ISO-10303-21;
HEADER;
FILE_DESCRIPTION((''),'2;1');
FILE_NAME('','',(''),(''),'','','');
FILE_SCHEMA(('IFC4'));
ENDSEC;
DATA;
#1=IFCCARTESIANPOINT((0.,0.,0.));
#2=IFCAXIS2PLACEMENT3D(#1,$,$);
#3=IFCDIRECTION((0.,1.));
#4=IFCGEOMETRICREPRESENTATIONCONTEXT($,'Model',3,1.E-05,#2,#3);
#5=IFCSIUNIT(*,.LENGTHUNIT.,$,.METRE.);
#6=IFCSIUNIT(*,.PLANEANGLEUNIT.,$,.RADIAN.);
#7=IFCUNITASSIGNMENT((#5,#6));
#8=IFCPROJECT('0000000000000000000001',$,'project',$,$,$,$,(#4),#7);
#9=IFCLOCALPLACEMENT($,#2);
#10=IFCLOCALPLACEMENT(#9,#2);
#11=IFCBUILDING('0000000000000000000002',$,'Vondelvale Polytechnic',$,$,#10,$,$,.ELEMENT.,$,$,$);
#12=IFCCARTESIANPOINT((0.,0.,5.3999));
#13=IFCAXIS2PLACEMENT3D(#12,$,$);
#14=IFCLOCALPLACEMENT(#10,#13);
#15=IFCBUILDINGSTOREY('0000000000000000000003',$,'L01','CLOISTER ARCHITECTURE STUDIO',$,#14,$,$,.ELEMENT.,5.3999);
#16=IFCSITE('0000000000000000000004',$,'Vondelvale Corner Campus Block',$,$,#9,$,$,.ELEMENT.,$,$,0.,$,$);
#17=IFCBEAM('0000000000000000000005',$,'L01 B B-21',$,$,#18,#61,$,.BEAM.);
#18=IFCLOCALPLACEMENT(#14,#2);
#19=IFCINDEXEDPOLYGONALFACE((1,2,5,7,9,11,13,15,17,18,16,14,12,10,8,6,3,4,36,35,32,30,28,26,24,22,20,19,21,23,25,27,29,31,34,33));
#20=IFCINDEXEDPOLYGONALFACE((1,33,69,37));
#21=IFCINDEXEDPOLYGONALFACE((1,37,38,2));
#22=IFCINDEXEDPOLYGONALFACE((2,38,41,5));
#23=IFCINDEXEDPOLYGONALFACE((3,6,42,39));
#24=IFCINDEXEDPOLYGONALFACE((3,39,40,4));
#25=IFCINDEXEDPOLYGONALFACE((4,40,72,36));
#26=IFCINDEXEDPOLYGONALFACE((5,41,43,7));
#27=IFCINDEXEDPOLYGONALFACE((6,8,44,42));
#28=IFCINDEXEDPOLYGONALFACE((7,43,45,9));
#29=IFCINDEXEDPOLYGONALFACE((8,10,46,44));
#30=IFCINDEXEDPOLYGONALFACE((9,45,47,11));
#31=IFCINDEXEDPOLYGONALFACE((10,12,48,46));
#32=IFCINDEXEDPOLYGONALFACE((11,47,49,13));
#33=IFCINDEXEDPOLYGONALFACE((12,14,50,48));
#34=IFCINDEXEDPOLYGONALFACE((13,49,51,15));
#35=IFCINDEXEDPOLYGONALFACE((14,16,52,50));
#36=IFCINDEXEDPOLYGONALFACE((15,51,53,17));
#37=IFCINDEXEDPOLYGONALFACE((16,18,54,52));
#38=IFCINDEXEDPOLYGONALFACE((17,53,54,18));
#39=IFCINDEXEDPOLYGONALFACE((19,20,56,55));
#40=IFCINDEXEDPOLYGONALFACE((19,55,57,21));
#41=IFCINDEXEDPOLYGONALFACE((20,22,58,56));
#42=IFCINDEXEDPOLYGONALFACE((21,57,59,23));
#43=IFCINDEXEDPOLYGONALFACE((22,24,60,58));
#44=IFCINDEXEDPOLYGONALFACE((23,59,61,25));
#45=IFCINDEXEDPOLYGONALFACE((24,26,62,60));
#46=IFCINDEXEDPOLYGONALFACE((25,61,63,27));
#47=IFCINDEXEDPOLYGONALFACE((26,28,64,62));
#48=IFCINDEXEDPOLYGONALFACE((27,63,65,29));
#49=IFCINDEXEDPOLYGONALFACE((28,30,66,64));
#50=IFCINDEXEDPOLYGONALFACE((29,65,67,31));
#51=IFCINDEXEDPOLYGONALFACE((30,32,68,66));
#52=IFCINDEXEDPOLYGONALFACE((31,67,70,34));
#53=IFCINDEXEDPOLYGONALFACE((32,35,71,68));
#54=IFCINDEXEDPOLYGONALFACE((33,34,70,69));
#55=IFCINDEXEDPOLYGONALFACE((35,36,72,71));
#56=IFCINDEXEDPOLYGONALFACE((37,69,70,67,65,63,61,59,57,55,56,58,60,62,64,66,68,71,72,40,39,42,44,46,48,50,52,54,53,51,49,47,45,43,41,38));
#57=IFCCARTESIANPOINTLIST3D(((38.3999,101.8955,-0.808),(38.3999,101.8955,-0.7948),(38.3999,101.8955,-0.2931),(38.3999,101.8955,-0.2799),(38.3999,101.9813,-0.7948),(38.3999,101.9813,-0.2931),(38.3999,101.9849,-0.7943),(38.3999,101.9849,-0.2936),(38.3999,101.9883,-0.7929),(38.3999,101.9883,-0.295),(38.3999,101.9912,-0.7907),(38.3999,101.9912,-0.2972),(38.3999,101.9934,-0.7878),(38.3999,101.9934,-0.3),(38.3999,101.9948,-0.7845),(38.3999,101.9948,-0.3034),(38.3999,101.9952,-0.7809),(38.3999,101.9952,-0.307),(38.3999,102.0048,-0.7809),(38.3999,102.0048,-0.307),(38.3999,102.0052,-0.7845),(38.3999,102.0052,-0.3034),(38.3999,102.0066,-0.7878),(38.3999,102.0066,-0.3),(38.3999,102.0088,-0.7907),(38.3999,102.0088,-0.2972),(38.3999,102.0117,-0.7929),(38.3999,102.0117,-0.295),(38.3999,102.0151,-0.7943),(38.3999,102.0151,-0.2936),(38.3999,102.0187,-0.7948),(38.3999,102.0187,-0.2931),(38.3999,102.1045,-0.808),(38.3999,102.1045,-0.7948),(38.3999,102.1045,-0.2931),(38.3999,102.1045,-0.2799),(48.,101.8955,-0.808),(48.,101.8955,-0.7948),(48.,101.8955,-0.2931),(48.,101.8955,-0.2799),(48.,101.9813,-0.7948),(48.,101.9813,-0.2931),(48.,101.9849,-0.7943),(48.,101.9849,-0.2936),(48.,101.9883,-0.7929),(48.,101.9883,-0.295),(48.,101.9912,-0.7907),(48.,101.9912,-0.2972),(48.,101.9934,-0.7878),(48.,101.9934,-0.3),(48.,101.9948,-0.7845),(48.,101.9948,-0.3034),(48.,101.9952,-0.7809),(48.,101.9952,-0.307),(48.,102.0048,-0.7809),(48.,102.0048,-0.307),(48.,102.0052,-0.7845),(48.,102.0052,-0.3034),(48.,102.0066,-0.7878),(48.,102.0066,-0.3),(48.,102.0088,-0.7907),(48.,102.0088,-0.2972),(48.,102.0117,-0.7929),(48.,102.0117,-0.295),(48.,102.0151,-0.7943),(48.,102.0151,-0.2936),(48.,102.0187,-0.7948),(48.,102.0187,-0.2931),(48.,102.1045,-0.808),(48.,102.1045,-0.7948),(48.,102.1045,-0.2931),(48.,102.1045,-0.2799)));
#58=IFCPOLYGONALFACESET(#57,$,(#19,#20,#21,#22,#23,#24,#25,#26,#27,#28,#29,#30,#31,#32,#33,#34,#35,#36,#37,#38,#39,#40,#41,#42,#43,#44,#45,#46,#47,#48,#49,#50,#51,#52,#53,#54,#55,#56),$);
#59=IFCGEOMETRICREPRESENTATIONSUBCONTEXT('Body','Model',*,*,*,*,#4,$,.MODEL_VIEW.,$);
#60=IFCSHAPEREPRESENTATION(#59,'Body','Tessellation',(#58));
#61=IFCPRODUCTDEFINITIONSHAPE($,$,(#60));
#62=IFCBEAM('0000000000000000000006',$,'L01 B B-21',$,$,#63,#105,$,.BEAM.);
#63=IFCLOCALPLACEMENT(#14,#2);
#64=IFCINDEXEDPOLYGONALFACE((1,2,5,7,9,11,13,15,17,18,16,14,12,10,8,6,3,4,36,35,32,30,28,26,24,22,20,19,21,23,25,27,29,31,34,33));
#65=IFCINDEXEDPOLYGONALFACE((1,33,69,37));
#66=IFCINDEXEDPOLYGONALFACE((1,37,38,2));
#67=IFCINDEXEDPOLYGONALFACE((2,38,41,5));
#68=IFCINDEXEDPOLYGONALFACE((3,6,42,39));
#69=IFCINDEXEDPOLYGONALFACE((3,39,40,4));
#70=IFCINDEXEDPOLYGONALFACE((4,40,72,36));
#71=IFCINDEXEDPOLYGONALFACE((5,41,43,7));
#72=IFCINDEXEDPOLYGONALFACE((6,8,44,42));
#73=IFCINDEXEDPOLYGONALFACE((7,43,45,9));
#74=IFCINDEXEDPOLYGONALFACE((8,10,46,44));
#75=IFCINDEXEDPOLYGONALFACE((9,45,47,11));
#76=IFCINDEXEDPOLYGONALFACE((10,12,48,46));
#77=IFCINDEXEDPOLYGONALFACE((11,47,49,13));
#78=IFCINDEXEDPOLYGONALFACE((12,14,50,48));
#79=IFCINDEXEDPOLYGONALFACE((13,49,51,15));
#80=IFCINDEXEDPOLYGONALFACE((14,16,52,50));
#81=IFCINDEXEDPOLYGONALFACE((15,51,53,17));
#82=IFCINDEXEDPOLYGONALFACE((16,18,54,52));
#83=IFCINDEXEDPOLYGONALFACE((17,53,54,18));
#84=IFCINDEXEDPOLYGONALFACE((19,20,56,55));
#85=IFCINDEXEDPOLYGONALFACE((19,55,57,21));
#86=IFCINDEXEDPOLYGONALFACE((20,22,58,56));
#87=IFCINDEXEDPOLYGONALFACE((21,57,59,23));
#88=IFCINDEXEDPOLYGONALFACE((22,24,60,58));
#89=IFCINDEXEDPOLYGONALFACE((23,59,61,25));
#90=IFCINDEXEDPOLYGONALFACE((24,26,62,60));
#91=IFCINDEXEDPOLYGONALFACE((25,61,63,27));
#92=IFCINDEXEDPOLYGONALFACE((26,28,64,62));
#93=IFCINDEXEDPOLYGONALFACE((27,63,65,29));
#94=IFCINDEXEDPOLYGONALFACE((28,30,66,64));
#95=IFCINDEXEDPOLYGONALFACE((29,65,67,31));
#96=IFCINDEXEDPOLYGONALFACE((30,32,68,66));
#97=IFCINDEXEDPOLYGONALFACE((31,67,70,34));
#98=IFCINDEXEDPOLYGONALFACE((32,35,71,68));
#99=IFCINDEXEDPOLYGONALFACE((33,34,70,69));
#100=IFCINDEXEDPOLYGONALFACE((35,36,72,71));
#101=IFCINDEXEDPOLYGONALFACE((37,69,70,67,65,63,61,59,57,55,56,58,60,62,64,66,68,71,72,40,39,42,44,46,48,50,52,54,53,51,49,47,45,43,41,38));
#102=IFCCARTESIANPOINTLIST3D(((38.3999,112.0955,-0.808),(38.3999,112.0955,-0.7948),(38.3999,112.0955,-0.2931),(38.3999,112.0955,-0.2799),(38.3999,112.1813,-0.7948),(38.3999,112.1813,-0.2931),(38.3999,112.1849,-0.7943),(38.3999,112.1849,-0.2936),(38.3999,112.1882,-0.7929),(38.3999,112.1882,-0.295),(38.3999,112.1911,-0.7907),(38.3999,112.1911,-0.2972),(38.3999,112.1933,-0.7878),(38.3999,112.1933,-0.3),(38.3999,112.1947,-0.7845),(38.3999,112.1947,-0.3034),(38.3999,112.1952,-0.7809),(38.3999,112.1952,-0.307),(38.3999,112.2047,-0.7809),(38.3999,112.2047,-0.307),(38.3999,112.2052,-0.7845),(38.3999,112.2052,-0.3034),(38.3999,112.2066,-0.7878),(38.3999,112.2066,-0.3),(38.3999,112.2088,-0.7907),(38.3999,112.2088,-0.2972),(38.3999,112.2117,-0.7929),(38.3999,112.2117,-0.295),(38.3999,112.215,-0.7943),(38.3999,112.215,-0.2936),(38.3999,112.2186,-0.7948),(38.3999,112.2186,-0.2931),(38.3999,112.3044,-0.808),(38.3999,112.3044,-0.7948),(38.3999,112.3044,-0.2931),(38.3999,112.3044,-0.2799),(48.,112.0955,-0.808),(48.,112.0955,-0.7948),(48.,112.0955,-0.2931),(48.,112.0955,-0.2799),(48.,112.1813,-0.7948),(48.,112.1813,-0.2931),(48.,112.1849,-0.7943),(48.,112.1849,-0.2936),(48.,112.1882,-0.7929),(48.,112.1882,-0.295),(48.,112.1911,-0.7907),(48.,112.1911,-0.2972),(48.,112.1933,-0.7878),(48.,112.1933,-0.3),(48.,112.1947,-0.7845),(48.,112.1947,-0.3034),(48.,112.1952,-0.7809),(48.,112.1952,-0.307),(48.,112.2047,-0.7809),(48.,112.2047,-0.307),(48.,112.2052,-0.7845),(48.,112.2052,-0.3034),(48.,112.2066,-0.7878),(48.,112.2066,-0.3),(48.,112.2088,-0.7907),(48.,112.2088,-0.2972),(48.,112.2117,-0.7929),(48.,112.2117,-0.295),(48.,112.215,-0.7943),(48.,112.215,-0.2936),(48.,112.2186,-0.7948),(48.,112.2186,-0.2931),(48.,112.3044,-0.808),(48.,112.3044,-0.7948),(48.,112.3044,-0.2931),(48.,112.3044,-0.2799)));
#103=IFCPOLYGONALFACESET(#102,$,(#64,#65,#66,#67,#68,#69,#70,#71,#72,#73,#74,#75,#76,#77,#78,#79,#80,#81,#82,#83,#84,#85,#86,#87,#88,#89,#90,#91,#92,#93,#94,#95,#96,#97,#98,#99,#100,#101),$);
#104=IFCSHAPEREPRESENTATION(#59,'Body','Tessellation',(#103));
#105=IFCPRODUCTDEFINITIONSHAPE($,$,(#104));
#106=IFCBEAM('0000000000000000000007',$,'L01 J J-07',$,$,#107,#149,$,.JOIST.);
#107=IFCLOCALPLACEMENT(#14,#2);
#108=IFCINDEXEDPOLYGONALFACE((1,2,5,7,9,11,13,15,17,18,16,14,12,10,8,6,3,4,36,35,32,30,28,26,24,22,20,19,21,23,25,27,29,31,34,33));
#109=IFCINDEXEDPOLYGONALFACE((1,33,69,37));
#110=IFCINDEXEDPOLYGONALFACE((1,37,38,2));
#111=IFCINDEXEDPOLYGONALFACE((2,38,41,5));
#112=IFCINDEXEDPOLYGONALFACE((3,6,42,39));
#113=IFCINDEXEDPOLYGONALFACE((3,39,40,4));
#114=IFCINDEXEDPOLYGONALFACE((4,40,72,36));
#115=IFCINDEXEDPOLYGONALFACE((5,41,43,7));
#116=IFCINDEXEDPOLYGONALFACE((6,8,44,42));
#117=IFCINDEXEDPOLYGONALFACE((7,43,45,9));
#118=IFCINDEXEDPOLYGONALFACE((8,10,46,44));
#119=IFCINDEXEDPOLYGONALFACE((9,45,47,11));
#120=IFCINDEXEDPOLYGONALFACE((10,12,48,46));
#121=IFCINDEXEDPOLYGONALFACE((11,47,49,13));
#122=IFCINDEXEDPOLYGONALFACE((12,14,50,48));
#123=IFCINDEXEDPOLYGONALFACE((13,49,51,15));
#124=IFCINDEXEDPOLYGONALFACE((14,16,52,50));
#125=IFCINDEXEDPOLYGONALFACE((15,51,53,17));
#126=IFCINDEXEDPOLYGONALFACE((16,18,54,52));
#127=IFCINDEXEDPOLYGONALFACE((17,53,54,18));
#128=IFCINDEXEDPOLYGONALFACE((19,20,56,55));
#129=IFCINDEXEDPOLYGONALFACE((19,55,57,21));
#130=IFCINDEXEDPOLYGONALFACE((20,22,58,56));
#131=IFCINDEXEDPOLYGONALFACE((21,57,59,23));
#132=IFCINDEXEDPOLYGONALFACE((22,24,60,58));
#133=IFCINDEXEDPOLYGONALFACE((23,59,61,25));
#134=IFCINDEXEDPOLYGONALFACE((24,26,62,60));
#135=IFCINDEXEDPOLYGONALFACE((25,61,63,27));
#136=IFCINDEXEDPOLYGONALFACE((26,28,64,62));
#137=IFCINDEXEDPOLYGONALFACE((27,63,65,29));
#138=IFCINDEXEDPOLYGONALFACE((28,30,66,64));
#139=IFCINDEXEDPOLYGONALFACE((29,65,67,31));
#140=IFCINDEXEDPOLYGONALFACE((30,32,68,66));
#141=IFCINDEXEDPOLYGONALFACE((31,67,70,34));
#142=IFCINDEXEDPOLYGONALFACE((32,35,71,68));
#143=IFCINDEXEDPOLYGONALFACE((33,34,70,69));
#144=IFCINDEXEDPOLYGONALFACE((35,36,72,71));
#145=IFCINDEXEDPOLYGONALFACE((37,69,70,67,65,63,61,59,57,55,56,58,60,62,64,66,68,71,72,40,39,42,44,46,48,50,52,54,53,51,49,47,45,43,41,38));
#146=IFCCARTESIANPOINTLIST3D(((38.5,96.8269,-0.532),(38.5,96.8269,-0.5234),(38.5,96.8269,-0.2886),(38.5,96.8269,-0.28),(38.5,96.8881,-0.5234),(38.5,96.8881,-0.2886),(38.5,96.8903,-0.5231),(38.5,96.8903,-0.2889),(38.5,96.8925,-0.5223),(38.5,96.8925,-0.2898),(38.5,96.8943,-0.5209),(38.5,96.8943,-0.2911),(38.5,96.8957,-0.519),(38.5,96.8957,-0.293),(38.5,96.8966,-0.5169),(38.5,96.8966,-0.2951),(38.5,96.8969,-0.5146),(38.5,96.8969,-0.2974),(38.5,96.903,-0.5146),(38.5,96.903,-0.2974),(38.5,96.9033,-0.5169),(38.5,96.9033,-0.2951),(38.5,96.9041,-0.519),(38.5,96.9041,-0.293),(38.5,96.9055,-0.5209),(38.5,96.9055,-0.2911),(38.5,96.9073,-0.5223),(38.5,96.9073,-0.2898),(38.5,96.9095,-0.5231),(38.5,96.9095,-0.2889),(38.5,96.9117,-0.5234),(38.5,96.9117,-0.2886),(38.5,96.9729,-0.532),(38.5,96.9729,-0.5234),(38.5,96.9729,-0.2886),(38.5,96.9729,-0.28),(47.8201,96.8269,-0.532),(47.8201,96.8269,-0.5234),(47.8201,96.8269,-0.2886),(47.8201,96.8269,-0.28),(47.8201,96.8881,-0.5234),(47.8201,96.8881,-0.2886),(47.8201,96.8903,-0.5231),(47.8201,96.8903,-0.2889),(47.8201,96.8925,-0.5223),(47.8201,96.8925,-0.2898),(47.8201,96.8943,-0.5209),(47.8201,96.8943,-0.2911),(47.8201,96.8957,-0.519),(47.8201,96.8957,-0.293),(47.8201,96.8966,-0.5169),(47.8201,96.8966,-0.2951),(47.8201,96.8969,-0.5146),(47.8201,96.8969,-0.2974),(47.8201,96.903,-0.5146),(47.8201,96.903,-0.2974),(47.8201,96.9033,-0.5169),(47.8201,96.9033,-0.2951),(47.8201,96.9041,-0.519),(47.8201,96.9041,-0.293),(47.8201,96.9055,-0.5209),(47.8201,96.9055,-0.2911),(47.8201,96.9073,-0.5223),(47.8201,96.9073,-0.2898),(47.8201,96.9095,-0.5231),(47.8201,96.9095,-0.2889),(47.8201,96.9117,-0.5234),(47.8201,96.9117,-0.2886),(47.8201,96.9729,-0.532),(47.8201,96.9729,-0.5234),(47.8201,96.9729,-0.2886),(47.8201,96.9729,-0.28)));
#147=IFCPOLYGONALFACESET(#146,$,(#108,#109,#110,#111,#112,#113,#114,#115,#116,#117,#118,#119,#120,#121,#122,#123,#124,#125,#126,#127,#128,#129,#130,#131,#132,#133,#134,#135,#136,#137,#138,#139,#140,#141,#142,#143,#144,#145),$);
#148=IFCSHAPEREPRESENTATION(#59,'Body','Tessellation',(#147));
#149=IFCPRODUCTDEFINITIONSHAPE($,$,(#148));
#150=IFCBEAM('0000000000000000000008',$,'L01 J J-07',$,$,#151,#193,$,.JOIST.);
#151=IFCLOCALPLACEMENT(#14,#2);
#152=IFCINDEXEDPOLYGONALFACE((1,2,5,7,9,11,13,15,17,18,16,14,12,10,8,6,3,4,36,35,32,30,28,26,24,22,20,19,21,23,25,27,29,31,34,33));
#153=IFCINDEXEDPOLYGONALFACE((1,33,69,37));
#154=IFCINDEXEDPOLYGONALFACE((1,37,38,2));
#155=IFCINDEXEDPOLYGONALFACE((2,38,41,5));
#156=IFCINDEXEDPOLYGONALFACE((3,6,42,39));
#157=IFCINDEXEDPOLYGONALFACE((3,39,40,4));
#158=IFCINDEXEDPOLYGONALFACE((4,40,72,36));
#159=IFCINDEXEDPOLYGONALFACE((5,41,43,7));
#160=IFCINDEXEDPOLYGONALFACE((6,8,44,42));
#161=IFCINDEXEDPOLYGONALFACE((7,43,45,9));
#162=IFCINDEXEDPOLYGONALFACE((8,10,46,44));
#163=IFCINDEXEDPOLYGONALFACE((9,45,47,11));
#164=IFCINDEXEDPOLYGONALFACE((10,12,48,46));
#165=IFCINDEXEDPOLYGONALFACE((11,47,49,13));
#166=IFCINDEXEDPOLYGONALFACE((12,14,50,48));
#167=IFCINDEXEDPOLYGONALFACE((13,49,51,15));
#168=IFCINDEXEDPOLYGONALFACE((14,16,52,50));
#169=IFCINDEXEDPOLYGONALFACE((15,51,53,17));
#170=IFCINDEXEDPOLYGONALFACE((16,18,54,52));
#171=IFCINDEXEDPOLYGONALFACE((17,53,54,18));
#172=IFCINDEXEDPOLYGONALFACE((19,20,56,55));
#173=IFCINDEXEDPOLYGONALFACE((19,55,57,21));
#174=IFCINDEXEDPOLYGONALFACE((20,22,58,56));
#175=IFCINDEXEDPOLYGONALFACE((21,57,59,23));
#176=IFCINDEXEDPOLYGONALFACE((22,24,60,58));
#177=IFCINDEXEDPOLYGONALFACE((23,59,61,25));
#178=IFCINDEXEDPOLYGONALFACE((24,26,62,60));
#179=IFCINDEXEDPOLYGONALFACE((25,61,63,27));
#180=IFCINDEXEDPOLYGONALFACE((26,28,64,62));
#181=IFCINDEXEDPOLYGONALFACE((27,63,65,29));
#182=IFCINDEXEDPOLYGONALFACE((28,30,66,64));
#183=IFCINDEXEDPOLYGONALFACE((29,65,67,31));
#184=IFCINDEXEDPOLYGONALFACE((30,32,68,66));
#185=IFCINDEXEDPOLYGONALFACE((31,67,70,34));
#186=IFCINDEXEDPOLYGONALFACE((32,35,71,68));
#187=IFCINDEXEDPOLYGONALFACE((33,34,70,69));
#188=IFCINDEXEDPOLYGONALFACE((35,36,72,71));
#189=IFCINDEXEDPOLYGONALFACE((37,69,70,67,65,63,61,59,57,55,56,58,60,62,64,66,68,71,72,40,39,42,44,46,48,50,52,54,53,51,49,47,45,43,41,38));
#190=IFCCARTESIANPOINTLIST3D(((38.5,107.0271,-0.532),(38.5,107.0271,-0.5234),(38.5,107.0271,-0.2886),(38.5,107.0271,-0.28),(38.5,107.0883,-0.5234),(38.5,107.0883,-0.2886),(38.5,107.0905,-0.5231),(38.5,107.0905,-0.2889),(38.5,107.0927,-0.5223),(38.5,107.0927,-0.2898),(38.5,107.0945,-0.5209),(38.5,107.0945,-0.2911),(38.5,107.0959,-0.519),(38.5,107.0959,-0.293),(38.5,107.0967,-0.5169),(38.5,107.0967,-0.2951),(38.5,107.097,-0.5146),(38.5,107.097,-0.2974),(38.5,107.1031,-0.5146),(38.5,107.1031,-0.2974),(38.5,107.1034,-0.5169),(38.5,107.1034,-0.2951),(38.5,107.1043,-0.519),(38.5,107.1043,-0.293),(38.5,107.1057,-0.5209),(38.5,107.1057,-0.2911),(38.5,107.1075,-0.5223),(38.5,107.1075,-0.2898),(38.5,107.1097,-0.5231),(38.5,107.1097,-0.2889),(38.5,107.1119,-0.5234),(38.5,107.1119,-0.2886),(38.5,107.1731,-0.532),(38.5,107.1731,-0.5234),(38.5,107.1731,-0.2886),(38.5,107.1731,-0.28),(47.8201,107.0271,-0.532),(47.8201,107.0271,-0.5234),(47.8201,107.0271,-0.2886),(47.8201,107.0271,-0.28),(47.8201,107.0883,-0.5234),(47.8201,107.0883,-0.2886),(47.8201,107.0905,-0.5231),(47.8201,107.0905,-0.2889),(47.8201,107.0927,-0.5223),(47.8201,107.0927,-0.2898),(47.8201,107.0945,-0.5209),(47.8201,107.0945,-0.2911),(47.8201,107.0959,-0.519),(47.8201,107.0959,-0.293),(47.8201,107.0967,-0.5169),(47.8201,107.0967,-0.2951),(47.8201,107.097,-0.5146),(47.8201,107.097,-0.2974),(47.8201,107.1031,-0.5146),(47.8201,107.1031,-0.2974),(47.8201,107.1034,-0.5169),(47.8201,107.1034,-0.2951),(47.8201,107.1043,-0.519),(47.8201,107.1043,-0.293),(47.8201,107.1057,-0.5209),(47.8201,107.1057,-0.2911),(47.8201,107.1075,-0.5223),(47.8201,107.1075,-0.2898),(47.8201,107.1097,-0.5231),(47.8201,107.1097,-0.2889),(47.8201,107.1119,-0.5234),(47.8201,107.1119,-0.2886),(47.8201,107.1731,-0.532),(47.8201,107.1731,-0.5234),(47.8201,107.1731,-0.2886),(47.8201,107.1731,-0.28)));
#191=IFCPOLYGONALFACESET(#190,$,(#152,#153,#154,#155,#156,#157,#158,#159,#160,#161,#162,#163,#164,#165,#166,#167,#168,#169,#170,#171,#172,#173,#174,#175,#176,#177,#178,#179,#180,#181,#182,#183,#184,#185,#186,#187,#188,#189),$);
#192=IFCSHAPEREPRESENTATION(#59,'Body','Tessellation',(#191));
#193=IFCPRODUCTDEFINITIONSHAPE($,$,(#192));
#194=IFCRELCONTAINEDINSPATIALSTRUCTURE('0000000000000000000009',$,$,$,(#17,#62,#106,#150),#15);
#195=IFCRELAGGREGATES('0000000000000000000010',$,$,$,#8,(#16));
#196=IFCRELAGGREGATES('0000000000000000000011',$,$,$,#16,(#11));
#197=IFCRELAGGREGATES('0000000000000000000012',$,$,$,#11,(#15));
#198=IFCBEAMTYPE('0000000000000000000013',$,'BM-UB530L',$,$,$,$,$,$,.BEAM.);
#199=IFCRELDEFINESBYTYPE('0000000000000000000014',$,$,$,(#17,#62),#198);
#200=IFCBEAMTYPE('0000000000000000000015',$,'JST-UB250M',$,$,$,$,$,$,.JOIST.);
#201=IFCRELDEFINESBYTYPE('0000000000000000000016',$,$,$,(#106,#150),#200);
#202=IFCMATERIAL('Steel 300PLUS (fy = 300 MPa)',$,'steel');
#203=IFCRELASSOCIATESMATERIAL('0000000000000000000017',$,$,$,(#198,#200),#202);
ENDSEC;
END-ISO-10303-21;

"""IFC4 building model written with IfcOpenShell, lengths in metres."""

from ifc_helpers import new_model, si_unit, direction, frame, origin, origin_2d, place, context, subcontext, project, spatial, i_section, extrude, material, material_profile, profile_set, type_object, element, save


model = new_model("IFC4")

# Units and contexts
model_context = context("Model", 3, precision=1e-05, world=origin(), true_north=direction((0.0, 1.0)))
body_context = subcontext(model_context, "Body", "Model", "MODEL_VIEW")
ifc_project = project(units=[si_unit("LENGTHUNIT", "METRE"), si_unit("PLANEANGLEUNIT", "RADIAN")], contexts=[model_context])

# Site, building, storey
site_placement = place(None, origin())
site = spatial("IfcSite", under=ifc_project, at=site_placement, Name="Vondelvale Corner Campus Block", CompositionType="ELEMENT", RefElevation=0.0)
building_placement = place(site_placement, origin())
building = spatial("IfcBuilding", under=site, at=building_placement, Name="Vondelvale Polytechnic", CompositionType="ELEMENT")
storey_placement = place(building_placement, frame((0.0, 0.0, 5.3999)))
storey = spatial("IfcBuildingStorey", under=building, at=storey_placement, Name="L01", Description="CLOISTER ARCHITECTURE STUDIO", CompositionType="ELEMENT", Elevation=5.3999)

# Beams
ifc_material_1 = material(Name="Steel 300PLUS (fy = 300 MPa)", Category="steel")
ifc_material_profile_1 = material_profile(ifc_material_1, i_section(OverallWidth=0.209, OverallDepth=0.5281, WebThickness=0.0095, FlangeThickness=0.0132, FilletRadius=0.0139, at=origin_2d()), Name="530UB82.0")
ifc_profile_set_1 = profile_set([ifc_material_profile_1], Name="Steel 300PLUS (fy = 300 MPa)")
beam_type_1 = type_object("IfcBeamType", Name="BM-UB530L", PredefinedType="BEAM", material=ifc_profile_set_1)
for number, where, z_axis, x_axis, name in (
    (1, (38.3999, 102.0, -0.5439), (1.0, 0.0, 0.0), (0.0, 1.0, 0.0), "L01 B B-21"),
    (2, (38.3999, 112.2, -0.5439), (1.0, 0.0, 0.0), (0.0, 1.0, 0.0), "L01 B B-21"),
):
    element("IfcBeam", number, at=place(storey_placement, frame(where, z_axis=z_axis, x_axis=x_axis)), inside=storey, type_object=beam_type_1, Name=name, PredefinedType="BEAM", context=body_context, shape_type="SweptSolid", body=[
        extrude(i_section(OverallWidth=0.209, OverallDepth=0.5281, WebThickness=0.0095, FlangeThickness=0.0132, FilletRadius=0.0139, at=origin_2d()), origin(), (0.0, 0.0, 1.0), 9.6001),
    ])
ifc_material_profile_2 = material_profile(ifc_material_1, i_section(OverallWidth=0.146, OverallDepth=0.252, WebThickness=0.0061, FlangeThickness=0.0085, FilletRadius=0.0088, at=origin_2d()), Name="250UB31.4")
ifc_profile_set_2 = profile_set([ifc_material_profile_2], Name="Steel 300PLUS (fy = 300 MPa)")
beam_type_2 = type_object("IfcBeamType", Name="JST-UB250M", PredefinedType="JOIST", material=ifc_profile_set_2)
for number, where, z_axis, x_axis, name in (
    (3, (38.5, 96.8999, -0.406), (1.0, 0.0, 0.0), (0.0, 1.0, 0.0), "L01 J J-07"),
    (4, (38.5, 107.1001, -0.406), (1.0, 0.0, 0.0), (0.0, 1.0, 0.0), "L01 J J-07"),
):
    element("IfcBeam", number, at=place(storey_placement, frame(where, z_axis=z_axis, x_axis=x_axis)), inside=storey, type_object=beam_type_2, Name=name, PredefinedType="JOIST", context=body_context, shape_type="SweptSolid", body=[
        extrude(i_section(OverallWidth=0.146, OverallDepth=0.252, WebThickness=0.0061, FlangeThickness=0.0085, FilletRadius=0.0088, at=origin_2d()), origin(), (0.0, 0.0, 1.0), 9.3201),
    ])

save(model, "model.ifc")
